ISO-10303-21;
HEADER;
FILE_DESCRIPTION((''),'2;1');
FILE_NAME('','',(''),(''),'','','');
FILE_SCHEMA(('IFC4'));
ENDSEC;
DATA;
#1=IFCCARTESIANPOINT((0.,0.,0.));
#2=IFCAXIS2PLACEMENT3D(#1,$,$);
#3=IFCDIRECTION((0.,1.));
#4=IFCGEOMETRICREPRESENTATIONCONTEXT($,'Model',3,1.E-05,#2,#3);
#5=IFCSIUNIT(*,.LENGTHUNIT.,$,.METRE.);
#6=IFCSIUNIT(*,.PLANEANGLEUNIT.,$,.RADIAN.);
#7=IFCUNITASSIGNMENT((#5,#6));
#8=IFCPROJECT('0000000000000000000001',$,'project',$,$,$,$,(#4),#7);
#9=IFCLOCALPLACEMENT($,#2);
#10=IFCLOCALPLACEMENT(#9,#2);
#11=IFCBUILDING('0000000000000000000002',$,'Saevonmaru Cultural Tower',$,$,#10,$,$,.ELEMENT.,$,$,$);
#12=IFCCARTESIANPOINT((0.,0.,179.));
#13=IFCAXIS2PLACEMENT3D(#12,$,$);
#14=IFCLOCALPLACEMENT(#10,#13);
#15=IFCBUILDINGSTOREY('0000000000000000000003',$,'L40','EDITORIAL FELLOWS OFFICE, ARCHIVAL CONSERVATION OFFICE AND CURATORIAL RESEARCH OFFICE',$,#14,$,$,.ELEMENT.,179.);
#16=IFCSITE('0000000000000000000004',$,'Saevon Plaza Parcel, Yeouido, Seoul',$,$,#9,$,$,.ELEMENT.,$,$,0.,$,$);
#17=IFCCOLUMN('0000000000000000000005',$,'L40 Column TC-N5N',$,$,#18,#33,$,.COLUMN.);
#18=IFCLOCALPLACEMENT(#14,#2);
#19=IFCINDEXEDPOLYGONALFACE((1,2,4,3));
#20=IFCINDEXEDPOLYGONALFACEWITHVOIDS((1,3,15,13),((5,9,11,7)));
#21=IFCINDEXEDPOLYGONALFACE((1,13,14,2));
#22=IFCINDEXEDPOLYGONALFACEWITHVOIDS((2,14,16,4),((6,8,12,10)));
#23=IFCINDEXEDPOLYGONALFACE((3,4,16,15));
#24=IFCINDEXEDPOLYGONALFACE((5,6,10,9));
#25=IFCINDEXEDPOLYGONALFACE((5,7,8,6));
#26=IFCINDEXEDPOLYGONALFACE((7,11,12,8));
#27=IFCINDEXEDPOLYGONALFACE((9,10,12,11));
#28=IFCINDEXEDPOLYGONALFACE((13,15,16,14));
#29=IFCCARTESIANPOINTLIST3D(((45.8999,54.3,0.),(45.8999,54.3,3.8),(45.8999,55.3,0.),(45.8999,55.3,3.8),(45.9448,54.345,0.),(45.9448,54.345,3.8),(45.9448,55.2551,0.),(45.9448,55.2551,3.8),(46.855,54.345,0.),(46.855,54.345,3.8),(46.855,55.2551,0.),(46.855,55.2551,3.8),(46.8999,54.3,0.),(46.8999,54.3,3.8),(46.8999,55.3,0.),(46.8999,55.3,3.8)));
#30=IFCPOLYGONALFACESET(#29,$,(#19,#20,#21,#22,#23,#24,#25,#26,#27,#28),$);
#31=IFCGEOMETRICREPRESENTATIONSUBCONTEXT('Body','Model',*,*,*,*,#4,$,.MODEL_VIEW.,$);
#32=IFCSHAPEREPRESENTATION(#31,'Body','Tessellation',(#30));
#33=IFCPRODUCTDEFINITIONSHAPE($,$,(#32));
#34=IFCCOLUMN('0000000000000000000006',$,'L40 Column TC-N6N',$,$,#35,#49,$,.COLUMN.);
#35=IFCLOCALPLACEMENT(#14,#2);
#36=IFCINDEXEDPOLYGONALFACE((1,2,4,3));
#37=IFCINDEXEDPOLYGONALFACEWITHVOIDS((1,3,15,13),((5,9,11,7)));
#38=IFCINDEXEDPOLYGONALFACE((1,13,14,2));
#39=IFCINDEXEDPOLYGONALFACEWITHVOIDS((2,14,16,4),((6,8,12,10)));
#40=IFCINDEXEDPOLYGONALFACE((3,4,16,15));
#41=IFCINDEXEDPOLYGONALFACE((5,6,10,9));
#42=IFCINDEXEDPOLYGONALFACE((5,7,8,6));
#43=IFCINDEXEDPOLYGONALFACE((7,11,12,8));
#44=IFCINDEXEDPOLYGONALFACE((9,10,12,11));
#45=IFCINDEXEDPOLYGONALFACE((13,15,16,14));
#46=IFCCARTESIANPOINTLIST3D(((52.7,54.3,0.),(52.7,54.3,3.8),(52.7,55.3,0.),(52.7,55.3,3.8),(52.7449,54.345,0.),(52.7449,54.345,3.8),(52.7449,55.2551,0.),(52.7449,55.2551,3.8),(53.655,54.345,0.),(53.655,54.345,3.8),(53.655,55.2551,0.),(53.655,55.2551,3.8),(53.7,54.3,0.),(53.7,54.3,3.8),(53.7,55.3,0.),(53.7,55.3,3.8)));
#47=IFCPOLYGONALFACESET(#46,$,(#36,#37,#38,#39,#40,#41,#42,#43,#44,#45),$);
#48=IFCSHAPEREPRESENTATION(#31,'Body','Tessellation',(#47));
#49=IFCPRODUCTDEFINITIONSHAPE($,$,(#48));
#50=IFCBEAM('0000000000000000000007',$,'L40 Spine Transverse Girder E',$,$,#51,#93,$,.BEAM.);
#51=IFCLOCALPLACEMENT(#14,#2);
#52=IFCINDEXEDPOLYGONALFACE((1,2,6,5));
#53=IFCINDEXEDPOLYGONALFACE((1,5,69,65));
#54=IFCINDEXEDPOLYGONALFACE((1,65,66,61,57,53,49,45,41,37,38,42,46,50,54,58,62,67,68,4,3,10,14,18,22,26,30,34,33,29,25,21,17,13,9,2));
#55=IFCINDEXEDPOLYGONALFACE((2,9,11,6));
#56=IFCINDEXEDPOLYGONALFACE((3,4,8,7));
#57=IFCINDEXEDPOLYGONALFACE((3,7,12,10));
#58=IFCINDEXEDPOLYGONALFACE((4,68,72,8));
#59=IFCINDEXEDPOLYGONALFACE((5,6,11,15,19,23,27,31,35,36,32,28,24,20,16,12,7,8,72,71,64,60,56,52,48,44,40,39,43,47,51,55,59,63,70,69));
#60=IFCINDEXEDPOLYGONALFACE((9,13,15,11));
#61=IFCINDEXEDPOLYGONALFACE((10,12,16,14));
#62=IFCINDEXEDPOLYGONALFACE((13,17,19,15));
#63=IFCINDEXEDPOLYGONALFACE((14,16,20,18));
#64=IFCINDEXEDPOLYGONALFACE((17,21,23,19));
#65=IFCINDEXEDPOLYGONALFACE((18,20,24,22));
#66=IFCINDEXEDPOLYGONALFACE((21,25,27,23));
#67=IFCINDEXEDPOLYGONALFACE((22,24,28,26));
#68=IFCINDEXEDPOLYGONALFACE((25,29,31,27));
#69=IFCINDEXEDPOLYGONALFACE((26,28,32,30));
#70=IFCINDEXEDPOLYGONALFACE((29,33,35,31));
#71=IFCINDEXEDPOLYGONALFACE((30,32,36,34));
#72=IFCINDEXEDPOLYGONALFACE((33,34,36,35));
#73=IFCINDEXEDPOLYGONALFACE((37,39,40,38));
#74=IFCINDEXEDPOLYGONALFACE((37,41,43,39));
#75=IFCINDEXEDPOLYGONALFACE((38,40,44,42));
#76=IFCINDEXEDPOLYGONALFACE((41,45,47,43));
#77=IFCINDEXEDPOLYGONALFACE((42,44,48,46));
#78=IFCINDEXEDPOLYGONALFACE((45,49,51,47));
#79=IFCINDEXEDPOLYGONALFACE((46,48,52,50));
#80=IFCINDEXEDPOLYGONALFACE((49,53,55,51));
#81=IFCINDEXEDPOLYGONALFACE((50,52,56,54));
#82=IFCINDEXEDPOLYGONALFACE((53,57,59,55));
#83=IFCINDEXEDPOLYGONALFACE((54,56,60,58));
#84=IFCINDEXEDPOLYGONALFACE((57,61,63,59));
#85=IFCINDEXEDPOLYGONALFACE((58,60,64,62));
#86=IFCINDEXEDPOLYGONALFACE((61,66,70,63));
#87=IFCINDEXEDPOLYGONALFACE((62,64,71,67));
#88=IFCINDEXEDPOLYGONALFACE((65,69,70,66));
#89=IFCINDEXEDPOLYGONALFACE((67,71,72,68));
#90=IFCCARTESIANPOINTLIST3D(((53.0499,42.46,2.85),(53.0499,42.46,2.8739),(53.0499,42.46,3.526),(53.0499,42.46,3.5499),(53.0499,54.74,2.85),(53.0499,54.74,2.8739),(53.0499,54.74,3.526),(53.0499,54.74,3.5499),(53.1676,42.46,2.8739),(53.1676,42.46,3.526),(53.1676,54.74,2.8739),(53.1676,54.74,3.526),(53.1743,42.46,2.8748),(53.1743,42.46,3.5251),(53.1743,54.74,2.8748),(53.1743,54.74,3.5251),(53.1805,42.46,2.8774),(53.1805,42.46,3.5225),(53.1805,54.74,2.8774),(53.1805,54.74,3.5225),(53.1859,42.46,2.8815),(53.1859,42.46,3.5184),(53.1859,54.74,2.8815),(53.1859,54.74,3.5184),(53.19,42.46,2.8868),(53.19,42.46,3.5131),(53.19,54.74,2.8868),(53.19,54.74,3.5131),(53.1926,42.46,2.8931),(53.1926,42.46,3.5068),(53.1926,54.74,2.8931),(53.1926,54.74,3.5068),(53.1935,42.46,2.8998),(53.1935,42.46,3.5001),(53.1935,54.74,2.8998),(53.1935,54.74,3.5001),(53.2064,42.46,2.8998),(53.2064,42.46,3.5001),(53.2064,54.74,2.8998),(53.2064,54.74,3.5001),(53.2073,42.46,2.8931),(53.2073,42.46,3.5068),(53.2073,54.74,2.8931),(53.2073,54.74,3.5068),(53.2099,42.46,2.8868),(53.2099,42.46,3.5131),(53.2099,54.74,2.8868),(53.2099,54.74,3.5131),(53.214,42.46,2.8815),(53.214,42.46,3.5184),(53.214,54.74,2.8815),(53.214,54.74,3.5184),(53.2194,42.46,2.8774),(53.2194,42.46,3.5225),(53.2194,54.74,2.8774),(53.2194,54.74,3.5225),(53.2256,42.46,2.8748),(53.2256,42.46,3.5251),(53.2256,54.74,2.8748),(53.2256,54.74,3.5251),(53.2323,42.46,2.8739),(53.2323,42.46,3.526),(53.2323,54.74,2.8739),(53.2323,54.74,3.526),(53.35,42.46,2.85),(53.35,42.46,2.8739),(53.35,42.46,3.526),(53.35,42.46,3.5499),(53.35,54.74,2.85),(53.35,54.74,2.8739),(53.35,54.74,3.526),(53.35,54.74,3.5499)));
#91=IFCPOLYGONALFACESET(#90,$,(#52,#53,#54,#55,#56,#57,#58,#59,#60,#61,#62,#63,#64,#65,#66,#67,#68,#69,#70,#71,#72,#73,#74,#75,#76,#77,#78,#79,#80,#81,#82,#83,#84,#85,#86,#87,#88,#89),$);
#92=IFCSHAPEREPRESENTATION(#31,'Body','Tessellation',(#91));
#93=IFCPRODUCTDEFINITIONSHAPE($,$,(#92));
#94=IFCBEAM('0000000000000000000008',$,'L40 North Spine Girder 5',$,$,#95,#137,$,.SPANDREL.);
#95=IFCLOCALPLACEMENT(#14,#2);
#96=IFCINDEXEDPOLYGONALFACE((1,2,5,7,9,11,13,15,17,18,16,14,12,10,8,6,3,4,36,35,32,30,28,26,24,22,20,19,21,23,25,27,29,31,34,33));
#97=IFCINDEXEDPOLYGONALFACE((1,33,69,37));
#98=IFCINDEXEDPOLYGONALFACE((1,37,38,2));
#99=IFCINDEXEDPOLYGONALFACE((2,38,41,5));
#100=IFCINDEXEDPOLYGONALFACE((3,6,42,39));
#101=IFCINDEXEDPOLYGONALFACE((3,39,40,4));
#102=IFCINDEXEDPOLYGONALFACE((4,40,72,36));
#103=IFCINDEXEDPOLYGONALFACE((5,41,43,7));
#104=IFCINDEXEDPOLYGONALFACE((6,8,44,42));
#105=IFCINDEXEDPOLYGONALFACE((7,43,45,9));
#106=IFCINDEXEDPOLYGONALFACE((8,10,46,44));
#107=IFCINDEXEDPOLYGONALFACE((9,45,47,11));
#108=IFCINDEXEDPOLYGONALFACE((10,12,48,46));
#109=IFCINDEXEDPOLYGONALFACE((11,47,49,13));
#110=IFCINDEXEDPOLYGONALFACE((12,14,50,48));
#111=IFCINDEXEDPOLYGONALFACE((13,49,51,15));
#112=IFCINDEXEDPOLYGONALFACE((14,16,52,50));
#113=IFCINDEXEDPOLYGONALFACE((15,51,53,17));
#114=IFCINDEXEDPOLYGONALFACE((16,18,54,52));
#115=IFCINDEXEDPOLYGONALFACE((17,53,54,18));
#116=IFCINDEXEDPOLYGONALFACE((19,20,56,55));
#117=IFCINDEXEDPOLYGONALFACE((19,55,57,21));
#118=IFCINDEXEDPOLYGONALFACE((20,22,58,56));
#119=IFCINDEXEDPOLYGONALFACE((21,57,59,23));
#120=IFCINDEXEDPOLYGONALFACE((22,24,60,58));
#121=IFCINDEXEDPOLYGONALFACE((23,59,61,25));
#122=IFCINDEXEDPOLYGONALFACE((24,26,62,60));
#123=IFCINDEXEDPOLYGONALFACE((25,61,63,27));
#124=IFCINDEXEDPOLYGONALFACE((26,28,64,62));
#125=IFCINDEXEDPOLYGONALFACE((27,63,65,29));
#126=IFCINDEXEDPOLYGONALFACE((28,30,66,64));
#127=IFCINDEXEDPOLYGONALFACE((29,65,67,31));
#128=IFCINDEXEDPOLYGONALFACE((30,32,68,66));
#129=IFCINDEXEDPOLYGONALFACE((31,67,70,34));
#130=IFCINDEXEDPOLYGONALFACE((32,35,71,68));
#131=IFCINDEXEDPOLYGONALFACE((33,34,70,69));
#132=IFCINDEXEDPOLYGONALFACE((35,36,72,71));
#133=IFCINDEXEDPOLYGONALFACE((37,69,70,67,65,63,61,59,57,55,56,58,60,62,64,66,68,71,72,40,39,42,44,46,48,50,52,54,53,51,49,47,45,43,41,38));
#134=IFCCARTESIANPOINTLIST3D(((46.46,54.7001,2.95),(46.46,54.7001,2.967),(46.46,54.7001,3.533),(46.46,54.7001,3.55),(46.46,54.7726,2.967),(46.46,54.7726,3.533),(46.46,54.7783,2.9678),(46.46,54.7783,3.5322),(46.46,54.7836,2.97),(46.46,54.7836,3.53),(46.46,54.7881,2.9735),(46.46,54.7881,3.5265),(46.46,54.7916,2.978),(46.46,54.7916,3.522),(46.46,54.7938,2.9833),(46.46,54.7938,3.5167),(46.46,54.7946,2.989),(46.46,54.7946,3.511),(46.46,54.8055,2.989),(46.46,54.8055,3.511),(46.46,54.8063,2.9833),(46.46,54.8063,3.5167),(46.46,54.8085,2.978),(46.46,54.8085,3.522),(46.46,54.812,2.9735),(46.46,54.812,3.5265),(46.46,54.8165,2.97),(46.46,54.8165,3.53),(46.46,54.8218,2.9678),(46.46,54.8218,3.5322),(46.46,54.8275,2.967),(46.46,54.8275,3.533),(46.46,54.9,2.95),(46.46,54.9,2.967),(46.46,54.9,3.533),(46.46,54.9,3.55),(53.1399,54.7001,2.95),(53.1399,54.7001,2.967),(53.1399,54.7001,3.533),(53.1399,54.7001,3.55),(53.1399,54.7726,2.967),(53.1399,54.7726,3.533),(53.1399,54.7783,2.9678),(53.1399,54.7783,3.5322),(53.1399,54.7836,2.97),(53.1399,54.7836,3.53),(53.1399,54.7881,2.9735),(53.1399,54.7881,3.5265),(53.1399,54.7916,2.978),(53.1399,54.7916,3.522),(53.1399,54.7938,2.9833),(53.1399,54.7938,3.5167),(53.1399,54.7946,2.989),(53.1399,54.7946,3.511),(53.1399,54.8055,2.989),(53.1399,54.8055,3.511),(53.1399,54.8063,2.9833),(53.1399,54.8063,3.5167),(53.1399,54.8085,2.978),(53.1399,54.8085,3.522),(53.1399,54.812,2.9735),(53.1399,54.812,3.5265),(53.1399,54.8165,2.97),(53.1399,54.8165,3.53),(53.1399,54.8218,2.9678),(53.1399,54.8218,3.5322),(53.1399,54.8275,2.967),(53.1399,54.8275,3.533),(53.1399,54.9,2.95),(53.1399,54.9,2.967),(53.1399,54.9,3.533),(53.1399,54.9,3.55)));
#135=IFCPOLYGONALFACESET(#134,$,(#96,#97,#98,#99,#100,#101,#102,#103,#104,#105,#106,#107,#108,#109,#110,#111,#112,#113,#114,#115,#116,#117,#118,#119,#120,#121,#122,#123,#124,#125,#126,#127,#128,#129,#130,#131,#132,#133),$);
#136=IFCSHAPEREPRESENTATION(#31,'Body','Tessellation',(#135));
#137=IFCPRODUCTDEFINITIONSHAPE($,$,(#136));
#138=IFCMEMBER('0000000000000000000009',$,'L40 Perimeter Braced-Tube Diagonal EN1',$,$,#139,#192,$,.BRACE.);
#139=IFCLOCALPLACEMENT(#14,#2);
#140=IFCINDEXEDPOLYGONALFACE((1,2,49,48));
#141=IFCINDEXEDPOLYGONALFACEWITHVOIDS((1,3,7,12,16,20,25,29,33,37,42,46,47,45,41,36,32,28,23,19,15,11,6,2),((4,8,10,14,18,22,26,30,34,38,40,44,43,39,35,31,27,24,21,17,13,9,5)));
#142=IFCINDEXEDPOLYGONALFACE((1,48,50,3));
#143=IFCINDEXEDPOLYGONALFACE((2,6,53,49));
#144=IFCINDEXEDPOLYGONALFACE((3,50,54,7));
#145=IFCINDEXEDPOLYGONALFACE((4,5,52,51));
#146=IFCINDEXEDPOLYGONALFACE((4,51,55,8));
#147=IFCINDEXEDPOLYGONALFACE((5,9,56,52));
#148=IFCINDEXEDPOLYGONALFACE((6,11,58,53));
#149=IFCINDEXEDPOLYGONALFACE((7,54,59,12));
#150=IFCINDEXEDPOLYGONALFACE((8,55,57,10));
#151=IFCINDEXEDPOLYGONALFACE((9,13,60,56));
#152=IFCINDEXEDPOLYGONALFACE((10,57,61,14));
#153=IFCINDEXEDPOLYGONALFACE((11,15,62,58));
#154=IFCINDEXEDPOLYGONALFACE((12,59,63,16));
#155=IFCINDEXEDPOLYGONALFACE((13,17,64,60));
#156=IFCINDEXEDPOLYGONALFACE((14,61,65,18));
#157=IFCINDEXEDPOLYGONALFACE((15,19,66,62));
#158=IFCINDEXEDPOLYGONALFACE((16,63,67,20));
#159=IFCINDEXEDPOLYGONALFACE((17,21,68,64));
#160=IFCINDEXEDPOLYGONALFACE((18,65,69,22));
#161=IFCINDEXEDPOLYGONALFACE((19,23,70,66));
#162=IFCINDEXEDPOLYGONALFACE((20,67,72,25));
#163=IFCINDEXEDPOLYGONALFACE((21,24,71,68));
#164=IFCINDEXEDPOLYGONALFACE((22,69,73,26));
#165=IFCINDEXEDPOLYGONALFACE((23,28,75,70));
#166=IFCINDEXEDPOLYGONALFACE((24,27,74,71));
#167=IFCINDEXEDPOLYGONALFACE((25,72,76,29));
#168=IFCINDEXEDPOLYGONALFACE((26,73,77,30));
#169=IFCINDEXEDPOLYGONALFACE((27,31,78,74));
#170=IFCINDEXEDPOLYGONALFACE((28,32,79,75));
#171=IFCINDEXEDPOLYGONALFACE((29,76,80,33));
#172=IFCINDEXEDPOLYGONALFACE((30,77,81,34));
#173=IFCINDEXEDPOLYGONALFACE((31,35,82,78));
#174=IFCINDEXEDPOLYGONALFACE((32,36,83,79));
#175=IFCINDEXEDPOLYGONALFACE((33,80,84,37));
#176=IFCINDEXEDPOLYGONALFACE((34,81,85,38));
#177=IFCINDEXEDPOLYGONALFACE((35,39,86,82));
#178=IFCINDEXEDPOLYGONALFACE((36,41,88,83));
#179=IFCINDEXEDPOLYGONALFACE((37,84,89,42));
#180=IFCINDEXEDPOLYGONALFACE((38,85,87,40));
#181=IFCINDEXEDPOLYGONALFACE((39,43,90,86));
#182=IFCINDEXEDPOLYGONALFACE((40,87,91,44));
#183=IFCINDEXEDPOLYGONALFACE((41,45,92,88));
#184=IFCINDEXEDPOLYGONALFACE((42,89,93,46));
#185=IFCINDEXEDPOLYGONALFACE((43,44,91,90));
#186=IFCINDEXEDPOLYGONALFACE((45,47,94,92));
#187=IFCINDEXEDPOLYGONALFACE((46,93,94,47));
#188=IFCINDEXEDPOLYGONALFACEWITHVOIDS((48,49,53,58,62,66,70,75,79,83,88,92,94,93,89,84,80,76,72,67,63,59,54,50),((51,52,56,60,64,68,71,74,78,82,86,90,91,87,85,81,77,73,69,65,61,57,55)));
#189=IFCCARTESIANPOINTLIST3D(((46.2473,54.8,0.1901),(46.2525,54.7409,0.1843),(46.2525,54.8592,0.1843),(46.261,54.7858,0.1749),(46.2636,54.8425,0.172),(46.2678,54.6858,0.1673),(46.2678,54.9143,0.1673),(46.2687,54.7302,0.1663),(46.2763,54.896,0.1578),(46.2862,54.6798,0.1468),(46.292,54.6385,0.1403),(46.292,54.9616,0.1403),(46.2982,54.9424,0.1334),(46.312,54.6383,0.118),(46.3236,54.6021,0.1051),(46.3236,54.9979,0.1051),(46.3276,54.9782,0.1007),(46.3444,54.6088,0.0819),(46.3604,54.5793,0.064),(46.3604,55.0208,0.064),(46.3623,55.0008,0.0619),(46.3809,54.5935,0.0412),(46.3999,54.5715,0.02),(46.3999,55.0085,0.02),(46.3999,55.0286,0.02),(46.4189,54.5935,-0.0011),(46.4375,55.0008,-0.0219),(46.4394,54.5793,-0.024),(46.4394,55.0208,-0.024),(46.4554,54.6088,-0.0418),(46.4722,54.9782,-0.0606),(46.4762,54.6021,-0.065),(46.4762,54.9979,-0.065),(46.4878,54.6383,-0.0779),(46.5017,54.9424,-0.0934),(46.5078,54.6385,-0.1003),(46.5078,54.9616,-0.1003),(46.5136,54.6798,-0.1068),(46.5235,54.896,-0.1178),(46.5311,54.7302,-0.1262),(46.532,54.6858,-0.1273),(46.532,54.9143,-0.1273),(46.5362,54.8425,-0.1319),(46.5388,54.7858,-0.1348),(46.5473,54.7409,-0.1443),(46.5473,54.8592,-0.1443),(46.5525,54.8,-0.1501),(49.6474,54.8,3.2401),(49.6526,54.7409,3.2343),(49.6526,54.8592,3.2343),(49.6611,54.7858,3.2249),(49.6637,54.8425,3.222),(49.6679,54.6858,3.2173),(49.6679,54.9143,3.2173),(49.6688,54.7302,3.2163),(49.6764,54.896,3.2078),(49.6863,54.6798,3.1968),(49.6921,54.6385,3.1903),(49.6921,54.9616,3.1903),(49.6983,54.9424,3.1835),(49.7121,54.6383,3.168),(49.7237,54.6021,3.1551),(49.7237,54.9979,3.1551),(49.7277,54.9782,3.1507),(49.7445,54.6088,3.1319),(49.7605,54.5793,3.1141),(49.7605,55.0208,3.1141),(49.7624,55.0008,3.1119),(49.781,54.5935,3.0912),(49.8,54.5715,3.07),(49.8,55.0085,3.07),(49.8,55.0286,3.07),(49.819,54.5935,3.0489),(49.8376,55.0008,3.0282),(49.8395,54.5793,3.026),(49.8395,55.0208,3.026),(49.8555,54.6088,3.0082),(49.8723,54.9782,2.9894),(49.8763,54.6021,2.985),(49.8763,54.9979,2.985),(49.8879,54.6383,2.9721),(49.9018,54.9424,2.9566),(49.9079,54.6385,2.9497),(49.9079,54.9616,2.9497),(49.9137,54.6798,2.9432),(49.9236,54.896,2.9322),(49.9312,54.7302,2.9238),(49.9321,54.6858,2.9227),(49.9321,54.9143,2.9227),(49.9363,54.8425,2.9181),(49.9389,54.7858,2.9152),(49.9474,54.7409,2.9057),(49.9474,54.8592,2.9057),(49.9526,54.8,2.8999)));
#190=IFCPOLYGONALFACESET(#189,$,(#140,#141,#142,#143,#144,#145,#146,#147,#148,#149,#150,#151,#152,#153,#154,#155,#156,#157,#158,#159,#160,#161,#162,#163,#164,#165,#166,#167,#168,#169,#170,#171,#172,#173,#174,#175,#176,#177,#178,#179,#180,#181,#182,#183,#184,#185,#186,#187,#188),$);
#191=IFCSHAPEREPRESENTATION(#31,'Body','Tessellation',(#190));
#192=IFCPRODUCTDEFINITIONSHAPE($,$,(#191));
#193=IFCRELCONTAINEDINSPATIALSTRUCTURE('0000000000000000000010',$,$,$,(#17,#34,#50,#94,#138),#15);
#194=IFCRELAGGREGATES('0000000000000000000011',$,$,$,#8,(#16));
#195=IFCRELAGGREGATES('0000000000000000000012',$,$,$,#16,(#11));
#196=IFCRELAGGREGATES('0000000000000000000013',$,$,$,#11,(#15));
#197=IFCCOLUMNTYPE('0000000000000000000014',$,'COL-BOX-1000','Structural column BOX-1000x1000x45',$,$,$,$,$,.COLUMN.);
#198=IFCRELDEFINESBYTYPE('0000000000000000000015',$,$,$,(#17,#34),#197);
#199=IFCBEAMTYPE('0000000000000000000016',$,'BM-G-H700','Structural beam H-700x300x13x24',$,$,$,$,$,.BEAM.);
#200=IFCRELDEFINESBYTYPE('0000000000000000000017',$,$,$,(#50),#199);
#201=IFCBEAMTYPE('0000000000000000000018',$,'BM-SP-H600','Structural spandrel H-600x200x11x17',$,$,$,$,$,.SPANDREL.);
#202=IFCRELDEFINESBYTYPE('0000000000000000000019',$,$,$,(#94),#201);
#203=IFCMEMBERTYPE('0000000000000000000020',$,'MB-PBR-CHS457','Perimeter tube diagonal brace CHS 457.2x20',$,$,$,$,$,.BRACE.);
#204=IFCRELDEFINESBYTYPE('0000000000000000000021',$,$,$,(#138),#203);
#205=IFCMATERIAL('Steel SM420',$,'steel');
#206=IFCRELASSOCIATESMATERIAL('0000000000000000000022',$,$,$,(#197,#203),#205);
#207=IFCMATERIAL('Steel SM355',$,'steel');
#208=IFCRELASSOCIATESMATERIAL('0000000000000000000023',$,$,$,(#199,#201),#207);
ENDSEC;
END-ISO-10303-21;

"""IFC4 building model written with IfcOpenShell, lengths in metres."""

from ifc_helpers import new_model, si_unit, direction, frame, origin, origin_2d, place, context, subcontext, project, spatial, hollow_rectangle, hollow_circle, i_section, extrude, material, material_profile, profile_set, type_object, element, save


model = new_model("IFC4")

# Units and contexts
model_context = context("Model", 3, precision=1e-05, world=origin(), true_north=direction((0.0, 1.0)))
body_context = subcontext(model_context, "Body", "Model", "MODEL_VIEW")
ifc_project = project(units=[si_unit("LENGTHUNIT", "METRE"), si_unit("PLANEANGLEUNIT", "RADIAN")], contexts=[model_context])

# Site, building, storey
site_placement = place(None, origin())
site = spatial("IfcSite", under=ifc_project, at=site_placement, Name="Saevon Plaza Parcel, Yeouido, Seoul", CompositionType="ELEMENT", RefElevation=0.0)
building_placement = place(site_placement, origin())
building = spatial("IfcBuilding", under=site, at=building_placement, Name="Saevonmaru Cultural Tower", CompositionType="ELEMENT")
storey_placement = place(building_placement, frame((0.0, 0.0, 179.0)))
storey = spatial("IfcBuildingStorey", under=building, at=storey_placement, Name="L40", Description="EDITORIAL FELLOWS OFFICE, ARCHIVAL CONSERVATION OFFICE AND CURATORIAL RESEARCH OFFICE", CompositionType="ELEMENT", Elevation=179.0)

# Columns
ifc_material_1 = material(Name="Steel SM420", Category="steel")
ifc_material_profile_1 = material_profile(ifc_material_1, hollow_rectangle(XDim=1.0, YDim=1.0, WallThickness=0.0449, at=origin_2d()), Name="BOX-1000x1000x45")
ifc_profile_set_1 = profile_set([ifc_material_profile_1], Name="Steel SM420")
column_type = type_object("IfcColumnType", Name="COL-BOX-1000", Description="Structural column BOX-1000x1000x45", PredefinedType="COLUMN", material=ifc_profile_set_1)
for number, where, z_axis, x_axis, name in (
    (1, (46.3999, 54.8, 0.0), (0.0, 0.0, 1.0), (1.0, 0.0, 0.0), "L40 Column TC-N5N"),
    (2, (53.2, 54.8, 0.0), (0.0, 0.0, 1.0), (1.0, 0.0, 0.0), "L40 Column TC-N6N"),
):
    element("IfcColumn", number, at=place(storey_placement, frame(where, z_axis=z_axis, x_axis=x_axis)), inside=storey, type_object=column_type, Name=name, PredefinedType="COLUMN", context=body_context, shape_type="SweptSolid", body=[
        extrude(hollow_rectangle(XDim=1.0, YDim=1.0, WallThickness=0.0449, at=origin_2d()), origin(), (0.0, 0.0, 1.0), 3.8),
    ])

# Beams
ifc_material_2 = material(Name="Steel SM355", Category="steel")
ifc_material_profile_2 = material_profile(ifc_material_2, i_section(OverallWidth=0.3, OverallDepth=0.7, WebThickness=0.0129, FlangeThickness=0.0239, FilletRadius=0.0259, at=origin_2d()), Name="H-700x300x13x24")
ifc_profile_set_2 = profile_set([ifc_material_profile_2], Name="Steel SM355")
beam_type_1 = type_object("IfcBeamType", Name="BM-G-H700", Description="Structural beam H-700x300x13x24", PredefinedType="BEAM", material=ifc_profile_set_2)
beam_1_placement = place(storey_placement, frame((53.2, 54.74, 3.2), z_axis=(0.0, -1.0, 0.0), x_axis=(1.0, 0.0, 0.0)))
element("IfcBeam", 3, at=beam_1_placement, inside=storey, type_object=beam_type_1, Name="L40 Spine Transverse Girder E", PredefinedType="BEAM", context=body_context, shape_type="SweptSolid", body=[
    extrude(i_section(OverallWidth=0.3, OverallDepth=0.7, WebThickness=0.0129, FlangeThickness=0.0239, FilletRadius=0.0259, at=origin_2d()), origin(), (0.0, 0.0, 1.0), 12.28),
])
ifc_material_profile_3 = material_profile(ifc_material_2, i_section(OverallWidth=0.2, OverallDepth=0.6001, WebThickness=0.011, FlangeThickness=0.0171, FilletRadius=0.022, at=origin_2d()), Name="H-600x200x11x17")
ifc_profile_set_3 = profile_set([ifc_material_profile_3], Name="Steel SM355")
beam_type_2 = type_object("IfcBeamType", Name="BM-SP-H600", Description="Structural spandrel H-600x200x11x17", PredefinedType="SPANDREL", material=ifc_profile_set_3)
beam_2_placement = place(storey_placement, frame((46.46, 54.8, 3.25), z_axis=(1.0, 0.0, 0.0), x_axis=(0.0, 1.0, 0.0)))
element("IfcBeam", 4, at=beam_2_placement, inside=storey, type_object=beam_type_2, Name="L40 North Spine Girder 5", PredefinedType="SPANDREL", context=body_context, shape_type="SweptSolid", body=[
    extrude(i_section(OverallWidth=0.2, OverallDepth=0.6001, WebThickness=0.011, FlangeThickness=0.0171, FilletRadius=0.022, at=origin_2d()), origin(), (0.0, 0.0, 1.0), 6.6799),
])

# Member
ifc_material_profile_4 = material_profile(ifc_material_1, hollow_circle(Radius=0.2285, WallThickness=0.02, at=origin_2d()), Name="CHS-457.2x20")
ifc_profile_set_4 = profile_set([ifc_material_profile_4], Name="Steel SM420")
member_type_1 = type_object("IfcMemberType", Name="MB-PBR-CHS457", Description="Perimeter tube diagonal brace CHS 457.2x20", PredefinedType="BRACE", material=ifc_profile_set_4)
for number, where, z_axis, x_axis, name in (
    (5, (46.3999, 54.8, 0.02), (0.744391, 0.0, 0.667744), (0.0, 1.0, 0.0), "L40 Perimeter Braced-Tube Diagonal EN1"),
):
    element("IfcMember", number, at=place(storey_placement, frame(where, z_axis=z_axis, x_axis=x_axis)), inside=storey, type_object=member_type_1, Name=name, PredefinedType="BRACE", context=body_context, shape_type="SweptSolid", body=[
        extrude(hollow_circle(Radius=0.2285, WallThickness=0.02, at=origin_2d()), origin(), (0.0, 0.0, 1.0), 4.5676),
    ])

save(model, "model.ifc")
